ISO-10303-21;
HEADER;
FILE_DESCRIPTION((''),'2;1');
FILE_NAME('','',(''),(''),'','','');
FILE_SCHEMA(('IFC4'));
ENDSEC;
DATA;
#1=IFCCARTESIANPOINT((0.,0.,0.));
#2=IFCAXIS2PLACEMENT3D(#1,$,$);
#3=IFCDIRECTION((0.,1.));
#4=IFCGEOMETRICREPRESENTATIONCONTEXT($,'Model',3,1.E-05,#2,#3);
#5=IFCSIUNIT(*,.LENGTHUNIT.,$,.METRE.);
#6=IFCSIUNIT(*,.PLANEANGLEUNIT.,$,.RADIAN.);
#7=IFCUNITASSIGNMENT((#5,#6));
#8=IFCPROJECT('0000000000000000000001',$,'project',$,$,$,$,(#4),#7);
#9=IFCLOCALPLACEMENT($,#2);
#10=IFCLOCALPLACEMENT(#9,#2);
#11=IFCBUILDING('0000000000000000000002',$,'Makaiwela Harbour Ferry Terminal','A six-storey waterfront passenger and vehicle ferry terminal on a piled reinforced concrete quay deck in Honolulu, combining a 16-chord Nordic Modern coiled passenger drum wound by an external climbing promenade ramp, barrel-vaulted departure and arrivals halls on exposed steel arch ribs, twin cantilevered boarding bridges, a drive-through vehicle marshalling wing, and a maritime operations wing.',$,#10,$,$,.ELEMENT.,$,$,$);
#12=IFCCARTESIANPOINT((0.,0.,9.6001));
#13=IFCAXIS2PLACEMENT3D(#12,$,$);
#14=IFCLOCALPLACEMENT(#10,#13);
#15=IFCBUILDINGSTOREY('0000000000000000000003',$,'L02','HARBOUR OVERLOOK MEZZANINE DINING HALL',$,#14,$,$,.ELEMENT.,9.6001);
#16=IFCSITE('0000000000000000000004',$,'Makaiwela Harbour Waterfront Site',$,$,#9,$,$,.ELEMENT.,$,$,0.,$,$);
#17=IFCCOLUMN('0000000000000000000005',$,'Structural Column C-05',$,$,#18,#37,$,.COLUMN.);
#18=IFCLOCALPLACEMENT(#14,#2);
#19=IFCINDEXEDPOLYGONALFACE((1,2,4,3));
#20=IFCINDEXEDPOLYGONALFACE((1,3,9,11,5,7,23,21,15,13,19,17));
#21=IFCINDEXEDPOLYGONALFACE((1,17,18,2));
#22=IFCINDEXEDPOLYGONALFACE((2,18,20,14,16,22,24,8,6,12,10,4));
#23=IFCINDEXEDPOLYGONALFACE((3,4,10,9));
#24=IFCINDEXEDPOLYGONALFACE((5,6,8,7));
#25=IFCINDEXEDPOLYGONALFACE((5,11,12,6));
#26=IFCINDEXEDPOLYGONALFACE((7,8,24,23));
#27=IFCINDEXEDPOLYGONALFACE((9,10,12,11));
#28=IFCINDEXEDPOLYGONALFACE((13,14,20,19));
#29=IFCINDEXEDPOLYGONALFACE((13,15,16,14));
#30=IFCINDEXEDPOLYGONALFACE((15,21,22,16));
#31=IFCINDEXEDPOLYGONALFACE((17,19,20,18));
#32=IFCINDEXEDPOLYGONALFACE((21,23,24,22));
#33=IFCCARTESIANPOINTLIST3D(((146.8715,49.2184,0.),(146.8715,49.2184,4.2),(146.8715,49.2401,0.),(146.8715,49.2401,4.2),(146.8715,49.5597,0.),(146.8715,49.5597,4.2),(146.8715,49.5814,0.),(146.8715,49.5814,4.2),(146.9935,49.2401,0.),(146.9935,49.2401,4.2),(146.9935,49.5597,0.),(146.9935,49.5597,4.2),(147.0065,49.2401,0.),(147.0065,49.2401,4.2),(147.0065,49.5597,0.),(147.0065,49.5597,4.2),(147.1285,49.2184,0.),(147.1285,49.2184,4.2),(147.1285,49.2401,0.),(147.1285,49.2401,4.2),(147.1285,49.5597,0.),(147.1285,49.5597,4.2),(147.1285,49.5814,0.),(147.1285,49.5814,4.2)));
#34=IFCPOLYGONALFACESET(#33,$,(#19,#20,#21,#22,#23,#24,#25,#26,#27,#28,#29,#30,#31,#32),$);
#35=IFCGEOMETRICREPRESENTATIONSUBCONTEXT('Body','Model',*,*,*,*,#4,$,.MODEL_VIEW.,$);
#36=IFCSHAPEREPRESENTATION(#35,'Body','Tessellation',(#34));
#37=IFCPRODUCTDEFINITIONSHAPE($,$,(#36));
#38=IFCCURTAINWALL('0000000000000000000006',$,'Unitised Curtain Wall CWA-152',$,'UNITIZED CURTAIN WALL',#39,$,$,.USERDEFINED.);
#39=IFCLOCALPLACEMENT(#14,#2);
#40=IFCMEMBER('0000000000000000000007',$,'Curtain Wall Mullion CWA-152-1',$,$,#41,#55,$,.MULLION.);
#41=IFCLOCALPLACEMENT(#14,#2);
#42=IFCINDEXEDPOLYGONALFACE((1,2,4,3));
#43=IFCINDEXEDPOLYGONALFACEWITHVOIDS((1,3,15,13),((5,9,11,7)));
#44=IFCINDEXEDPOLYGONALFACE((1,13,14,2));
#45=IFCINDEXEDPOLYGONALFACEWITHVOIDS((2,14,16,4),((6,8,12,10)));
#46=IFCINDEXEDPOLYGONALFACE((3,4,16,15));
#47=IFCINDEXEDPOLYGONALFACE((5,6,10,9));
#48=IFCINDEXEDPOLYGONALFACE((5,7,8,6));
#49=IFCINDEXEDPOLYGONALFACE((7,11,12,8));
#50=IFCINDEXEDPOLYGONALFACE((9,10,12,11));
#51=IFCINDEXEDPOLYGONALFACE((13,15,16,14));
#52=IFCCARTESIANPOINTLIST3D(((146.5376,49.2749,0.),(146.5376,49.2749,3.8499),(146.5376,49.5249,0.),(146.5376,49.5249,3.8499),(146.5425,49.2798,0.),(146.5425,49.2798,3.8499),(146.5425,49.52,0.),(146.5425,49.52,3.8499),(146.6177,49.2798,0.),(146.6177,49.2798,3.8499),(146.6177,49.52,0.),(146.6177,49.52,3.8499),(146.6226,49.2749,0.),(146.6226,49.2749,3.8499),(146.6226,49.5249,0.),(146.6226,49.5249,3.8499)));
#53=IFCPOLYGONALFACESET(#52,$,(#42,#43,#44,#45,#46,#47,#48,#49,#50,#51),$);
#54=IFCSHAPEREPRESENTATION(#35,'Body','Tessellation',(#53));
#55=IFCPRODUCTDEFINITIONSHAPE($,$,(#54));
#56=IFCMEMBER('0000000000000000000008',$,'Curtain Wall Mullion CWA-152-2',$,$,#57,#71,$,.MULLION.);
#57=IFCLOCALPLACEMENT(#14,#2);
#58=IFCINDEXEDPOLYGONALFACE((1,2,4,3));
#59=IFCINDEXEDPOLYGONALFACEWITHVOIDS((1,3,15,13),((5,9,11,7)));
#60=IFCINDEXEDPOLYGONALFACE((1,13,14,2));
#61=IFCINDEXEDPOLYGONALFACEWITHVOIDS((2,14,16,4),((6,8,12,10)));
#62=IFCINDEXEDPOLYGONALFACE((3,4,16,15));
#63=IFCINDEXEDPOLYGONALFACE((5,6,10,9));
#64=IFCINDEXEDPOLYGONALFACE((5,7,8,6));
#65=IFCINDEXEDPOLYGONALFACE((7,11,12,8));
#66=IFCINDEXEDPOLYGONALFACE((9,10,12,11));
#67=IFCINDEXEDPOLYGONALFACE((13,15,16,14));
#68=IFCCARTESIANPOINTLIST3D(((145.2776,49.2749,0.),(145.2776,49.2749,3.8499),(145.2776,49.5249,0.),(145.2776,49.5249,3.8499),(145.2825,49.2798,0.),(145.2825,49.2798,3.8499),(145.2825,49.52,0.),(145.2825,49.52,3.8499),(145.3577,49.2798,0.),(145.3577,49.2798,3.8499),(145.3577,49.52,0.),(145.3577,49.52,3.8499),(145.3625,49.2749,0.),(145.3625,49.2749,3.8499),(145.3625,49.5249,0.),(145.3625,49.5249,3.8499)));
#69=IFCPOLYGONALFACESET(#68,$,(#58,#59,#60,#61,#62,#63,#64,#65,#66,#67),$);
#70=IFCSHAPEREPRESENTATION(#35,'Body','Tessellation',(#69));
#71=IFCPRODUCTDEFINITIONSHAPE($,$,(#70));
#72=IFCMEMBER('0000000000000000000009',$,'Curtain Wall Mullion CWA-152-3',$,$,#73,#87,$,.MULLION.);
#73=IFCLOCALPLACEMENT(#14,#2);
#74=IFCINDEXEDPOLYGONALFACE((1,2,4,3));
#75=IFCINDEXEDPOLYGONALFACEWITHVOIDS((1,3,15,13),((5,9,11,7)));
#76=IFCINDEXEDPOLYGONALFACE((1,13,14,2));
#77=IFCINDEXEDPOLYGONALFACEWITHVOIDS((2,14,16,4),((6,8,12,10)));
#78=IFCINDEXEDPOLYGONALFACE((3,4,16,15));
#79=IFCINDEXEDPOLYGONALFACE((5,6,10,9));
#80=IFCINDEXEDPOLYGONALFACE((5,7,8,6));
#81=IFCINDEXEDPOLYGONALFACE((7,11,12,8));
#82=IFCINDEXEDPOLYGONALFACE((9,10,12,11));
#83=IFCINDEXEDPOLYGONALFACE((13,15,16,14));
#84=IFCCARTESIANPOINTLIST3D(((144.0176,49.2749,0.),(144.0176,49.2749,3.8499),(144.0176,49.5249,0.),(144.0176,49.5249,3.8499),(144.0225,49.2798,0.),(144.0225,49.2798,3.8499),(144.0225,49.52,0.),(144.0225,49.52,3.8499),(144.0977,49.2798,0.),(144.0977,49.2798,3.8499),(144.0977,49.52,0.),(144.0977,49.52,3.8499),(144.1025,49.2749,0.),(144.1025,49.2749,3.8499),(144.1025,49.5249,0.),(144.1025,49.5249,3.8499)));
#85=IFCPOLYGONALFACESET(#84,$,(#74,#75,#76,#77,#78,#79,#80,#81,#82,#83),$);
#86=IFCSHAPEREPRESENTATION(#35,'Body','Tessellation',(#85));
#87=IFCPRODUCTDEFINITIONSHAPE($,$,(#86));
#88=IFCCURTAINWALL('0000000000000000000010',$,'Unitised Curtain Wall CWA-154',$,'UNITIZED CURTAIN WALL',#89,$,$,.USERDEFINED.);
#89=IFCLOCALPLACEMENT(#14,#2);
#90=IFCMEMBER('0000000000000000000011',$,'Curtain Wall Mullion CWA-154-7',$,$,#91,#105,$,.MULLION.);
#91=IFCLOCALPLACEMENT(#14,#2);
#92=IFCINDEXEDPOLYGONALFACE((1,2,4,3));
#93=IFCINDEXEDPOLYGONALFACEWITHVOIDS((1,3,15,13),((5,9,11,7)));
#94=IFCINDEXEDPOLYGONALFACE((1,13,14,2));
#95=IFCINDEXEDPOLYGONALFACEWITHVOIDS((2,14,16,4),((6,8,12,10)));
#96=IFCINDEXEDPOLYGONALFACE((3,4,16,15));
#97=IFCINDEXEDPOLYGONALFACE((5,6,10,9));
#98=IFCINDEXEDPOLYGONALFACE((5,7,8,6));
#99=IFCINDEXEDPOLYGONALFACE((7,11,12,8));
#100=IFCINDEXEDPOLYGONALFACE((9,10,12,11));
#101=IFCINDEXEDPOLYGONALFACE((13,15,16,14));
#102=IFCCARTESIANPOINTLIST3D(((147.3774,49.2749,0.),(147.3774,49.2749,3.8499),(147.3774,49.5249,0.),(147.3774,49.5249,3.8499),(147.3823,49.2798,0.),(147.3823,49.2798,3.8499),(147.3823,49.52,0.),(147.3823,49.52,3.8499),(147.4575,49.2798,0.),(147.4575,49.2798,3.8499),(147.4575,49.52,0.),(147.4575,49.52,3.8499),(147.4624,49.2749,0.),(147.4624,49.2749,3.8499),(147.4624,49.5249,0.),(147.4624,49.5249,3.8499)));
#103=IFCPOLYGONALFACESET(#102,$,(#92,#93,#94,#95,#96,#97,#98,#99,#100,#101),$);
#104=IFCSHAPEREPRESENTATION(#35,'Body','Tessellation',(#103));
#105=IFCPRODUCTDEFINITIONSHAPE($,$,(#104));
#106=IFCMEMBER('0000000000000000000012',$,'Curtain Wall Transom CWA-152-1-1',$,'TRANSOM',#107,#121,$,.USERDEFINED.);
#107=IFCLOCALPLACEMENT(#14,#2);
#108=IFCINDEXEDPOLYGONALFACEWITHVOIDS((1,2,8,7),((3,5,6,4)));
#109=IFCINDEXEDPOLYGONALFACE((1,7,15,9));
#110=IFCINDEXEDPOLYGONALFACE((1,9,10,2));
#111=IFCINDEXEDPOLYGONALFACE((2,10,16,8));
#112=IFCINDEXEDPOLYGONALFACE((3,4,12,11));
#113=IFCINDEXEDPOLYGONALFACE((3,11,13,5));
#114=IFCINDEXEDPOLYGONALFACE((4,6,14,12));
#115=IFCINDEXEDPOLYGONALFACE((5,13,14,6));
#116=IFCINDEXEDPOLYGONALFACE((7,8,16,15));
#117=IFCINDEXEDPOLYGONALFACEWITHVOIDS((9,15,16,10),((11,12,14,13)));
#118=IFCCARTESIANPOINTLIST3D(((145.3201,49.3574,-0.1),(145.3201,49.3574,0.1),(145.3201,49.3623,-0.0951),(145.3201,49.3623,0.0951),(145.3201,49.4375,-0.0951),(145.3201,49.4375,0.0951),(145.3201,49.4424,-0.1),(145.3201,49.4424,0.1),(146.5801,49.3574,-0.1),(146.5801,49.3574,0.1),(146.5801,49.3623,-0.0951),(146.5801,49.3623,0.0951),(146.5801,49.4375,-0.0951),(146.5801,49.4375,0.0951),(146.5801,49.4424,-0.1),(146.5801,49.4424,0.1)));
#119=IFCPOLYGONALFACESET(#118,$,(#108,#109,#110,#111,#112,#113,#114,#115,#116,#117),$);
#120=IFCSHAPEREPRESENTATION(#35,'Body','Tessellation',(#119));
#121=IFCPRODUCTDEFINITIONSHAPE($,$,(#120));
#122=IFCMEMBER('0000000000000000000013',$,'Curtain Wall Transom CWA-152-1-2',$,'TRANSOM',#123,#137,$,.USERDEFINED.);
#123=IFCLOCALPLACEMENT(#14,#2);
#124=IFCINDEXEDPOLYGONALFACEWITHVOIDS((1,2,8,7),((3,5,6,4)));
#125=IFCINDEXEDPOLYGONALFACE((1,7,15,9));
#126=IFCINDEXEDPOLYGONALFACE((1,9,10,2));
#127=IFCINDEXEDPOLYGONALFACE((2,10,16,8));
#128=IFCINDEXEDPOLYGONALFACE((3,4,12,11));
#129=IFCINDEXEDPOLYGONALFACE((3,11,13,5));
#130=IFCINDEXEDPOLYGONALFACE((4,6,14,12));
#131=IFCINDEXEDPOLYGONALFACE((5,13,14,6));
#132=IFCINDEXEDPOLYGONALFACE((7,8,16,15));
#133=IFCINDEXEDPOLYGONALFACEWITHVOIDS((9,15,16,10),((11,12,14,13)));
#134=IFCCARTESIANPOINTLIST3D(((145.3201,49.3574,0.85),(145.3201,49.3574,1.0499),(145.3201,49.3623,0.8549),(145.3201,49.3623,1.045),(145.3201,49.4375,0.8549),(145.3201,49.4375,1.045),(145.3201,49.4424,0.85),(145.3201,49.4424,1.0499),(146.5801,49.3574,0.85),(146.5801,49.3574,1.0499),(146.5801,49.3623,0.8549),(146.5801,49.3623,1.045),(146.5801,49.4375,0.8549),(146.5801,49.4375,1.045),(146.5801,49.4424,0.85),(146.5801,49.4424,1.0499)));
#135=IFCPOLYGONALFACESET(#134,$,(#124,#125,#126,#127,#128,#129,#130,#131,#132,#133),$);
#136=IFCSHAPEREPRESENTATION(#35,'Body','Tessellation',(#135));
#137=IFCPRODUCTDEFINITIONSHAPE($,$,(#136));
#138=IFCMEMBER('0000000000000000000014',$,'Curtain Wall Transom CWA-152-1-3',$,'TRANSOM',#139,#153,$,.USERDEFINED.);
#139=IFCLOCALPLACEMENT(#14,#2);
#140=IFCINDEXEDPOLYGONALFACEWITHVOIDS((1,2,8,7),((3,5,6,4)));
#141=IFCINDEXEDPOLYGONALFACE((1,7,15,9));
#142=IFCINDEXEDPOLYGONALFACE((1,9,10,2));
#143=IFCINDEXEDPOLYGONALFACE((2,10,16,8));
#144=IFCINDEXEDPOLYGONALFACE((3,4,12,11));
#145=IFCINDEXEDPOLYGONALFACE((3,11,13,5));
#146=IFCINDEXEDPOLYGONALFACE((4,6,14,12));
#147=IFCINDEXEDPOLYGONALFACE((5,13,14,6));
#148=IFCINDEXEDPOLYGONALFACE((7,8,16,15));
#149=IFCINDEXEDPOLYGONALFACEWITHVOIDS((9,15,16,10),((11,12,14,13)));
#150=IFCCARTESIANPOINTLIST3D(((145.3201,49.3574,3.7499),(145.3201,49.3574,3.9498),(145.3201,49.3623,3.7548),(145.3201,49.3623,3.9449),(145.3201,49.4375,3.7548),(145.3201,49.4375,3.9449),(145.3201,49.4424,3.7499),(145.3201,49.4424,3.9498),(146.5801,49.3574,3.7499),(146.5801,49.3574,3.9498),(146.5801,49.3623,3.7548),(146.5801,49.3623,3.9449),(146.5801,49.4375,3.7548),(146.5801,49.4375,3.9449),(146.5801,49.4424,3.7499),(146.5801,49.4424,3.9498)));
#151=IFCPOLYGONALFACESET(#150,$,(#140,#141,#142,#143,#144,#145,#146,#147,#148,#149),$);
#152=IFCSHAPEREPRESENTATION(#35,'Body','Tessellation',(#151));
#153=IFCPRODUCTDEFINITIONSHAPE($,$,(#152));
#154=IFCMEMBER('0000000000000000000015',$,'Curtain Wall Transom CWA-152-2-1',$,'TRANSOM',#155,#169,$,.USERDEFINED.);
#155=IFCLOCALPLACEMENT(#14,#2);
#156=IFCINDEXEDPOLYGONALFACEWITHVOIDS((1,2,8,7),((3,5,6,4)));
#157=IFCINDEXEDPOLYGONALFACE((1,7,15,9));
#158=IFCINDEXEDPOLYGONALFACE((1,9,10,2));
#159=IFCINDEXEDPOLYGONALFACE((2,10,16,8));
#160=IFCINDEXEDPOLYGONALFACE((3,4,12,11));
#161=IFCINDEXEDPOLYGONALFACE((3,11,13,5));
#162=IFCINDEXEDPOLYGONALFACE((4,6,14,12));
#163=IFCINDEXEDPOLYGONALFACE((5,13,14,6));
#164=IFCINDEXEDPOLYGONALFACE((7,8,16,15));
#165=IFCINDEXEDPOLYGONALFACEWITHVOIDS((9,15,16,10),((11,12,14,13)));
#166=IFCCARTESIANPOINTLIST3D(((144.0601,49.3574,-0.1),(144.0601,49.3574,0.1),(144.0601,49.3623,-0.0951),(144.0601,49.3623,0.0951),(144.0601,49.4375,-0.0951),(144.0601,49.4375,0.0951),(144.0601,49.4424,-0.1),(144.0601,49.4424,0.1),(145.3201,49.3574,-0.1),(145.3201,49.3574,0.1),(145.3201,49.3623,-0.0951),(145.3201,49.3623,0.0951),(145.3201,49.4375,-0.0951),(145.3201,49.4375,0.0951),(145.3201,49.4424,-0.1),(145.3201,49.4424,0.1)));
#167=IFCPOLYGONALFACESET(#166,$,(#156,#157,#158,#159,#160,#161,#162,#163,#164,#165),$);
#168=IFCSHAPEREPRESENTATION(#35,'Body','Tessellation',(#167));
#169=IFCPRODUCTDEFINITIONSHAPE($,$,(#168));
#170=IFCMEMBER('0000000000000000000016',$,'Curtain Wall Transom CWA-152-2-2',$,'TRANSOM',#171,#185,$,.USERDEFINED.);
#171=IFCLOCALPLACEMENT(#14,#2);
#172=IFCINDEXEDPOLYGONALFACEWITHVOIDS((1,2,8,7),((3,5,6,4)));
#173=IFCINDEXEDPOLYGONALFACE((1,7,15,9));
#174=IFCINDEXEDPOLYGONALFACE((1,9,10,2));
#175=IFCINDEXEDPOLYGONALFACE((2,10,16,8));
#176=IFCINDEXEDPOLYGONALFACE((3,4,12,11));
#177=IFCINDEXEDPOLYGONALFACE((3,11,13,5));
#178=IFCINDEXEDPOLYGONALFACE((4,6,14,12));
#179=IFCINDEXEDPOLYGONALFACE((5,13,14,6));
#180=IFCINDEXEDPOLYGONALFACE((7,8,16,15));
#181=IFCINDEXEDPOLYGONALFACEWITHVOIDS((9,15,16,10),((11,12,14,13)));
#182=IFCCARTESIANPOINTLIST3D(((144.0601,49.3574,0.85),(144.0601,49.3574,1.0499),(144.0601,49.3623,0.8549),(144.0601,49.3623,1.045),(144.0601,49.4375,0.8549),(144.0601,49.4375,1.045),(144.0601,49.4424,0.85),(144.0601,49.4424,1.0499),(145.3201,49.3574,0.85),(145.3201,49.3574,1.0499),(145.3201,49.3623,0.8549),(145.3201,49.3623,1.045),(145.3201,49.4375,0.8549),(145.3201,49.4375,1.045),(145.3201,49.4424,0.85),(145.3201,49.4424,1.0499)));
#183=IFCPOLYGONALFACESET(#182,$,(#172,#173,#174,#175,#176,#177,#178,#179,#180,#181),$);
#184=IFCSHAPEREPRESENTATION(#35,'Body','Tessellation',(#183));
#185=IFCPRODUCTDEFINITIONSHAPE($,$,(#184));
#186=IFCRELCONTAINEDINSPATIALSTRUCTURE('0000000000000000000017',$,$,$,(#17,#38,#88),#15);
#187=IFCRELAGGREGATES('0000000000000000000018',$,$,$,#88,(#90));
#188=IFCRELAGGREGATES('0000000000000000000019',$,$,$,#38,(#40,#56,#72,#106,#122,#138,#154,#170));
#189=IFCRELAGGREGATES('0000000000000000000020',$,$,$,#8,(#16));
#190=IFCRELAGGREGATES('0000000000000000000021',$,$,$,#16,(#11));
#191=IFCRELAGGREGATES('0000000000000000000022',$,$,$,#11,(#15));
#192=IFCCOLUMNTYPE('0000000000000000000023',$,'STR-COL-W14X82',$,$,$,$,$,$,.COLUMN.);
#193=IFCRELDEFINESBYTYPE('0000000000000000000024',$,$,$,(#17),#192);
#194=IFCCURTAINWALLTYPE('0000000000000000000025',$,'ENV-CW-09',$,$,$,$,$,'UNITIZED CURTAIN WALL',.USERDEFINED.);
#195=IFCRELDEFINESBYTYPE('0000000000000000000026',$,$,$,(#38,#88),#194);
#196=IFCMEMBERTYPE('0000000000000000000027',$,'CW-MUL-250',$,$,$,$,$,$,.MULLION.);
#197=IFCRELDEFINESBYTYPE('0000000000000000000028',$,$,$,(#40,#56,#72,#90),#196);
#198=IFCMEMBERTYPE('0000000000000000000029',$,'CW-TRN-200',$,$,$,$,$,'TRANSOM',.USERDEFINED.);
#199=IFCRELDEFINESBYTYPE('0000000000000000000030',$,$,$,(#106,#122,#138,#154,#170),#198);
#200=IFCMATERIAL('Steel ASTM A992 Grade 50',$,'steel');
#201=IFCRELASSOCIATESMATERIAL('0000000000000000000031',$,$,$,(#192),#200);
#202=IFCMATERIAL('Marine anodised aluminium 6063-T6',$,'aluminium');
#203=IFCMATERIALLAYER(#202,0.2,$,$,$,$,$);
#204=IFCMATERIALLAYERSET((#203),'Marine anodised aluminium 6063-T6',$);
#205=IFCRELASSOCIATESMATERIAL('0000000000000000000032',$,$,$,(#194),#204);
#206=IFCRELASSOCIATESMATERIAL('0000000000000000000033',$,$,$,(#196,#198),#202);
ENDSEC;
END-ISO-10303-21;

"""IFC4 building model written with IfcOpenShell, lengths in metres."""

from ifc_helpers import new_model, si_unit, direction, frame, origin, origin_2d, place, context, subcontext, project, spatial, hollow_rectangle, i_section, extrude, material, layer, layer_set, material_profile, profile_set, type_object, element, aggregate, save


model = new_model("IFC4")

# Units and contexts
model_context = context("Model", 3, precision=1e-05, world=origin(), true_north=direction((0.0, 1.0)))
body_context = subcontext(model_context, "Body", "Model", "MODEL_VIEW")
ifc_project = project(units=[si_unit("LENGTHUNIT", "METRE"), si_unit("PLANEANGLEUNIT", "RADIAN")], contexts=[model_context])

# Site, building, storey
site_placement = place(None, origin())
site = spatial("IfcSite", under=ifc_project, at=site_placement, Name="Makaiwela Harbour Waterfront Site", CompositionType="ELEMENT", RefElevation=0.0)
building_placement = place(site_placement, origin())
building = spatial("IfcBuilding", under=site, at=building_placement, Name="Makaiwela Harbour Ferry Terminal", Description="A six-storey waterfront passenger and vehicle ferry terminal on a piled reinforced concrete quay deck in Honolulu, combining a 16-chord Nordic Modern coiled passenger drum wound by an external climbing promenade ramp, barrel-vaulted departure and arrivals halls on exposed steel arch ribs, twin cantilevered boarding bridges, a drive-through vehicle marshalling wing, and a maritime operations wing.", CompositionType="ELEMENT")
storey_placement = place(building_placement, frame((0.0, 0.0, 9.6001)))
storey = spatial("IfcBuildingStorey", under=building, at=storey_placement, Name="L02", Description="HARBOUR OVERLOOK MEZZANINE DINING HALL", CompositionType="ELEMENT", Elevation=9.6001)

# Column
ifc_material_1 = material(Name="Steel ASTM A992 Grade 50", Category="steel")
ifc_material_profile_1 = material_profile(ifc_material_1, i_section(OverallWidth=0.2571, OverallDepth=0.363, WebThickness=0.0129, FlangeThickness=0.0217, at=origin_2d()), Name="W14X82")
ifc_profile_set_1 = profile_set([ifc_material_profile_1], Name="Steel ASTM A992 Grade 50")
column_type = type_object("IfcColumnType", Name="STR-COL-W14X82", PredefinedType="COLUMN", material=ifc_profile_set_1)
column_placement = place(storey_placement, frame((147.0, 49.3999, 0.0), z_axis=(0.0, 0.0, 1.0), x_axis=(1.0, 0.0, 0.0)))
element("IfcColumn", 1, at=column_placement, inside=storey, type_object=column_type, Name="Structural Column C-05", PredefinedType="COLUMN", context=body_context, shape_type="SweptSolid", body=[
    extrude(i_section(OverallWidth=0.2571, OverallDepth=0.363, WebThickness=0.0129, FlangeThickness=0.0217, at=origin_2d()), origin(), (0.0, 0.0, 1.0), 4.2),
])

# Curtain wall, members
ifc_material_2 = material(Name="Marine anodised aluminium 6063-T6", Category="aluminium")
ifc_layer_1 = layer(ifc_material_2, 0.2)
ifc_layer_set_1 = layer_set([ifc_layer_1], Name="Marine anodised aluminium 6063-T6")
curtain_wall_type = type_object("IfcCurtainWallType", Name="ENV-CW-09", ElementType="UNITIZED CURTAIN WALL", PredefinedType="USERDEFINED", material=ifc_layer_set_1)
curtain_wall_1_placement = place(storey_placement, origin())
curtain_wall_1 = element("IfcCurtainWall", 2, at=curtain_wall_1_placement, inside=storey, type_object=curtain_wall_type, Name="Unitised Curtain Wall CWA-152", ObjectType="UNITIZED CURTAIN WALL", PredefinedType="USERDEFINED")
ifc_material_profile_2 = material_profile(ifc_material_2, hollow_rectangle(XDim=0.085, YDim=0.25, WallThickness=0.0049, at=origin_2d()), Name="CWM-250X85")
ifc_profile_set_2 = profile_set([ifc_material_profile_2], Name="Marine anodised aluminium 6063-T6")
member_type_1 = type_object("IfcMemberType", Name="CW-MUL-250", PredefinedType="MULLION", material=ifc_profile_set_2)
member_1_placement = place(storey_placement, frame((146.5801, 49.3999, 0.0), z_axis=(0.0, 0.0, 1.0), x_axis=(1.0, 0.0, 0.0)))
member_1 = element("IfcMember", 3, at=member_1_placement, type_object=member_type_1, Name="Curtain Wall Mullion CWA-152-1", PredefinedType="MULLION", context=body_context, shape_type="SweptSolid", body=[
    extrude(hollow_rectangle(XDim=0.085, YDim=0.25, WallThickness=0.0049, at=origin_2d()), origin(), (0.0, 0.0, 1.0), 3.8499),
])
member_2_placement = place(storey_placement, frame((145.3201, 49.3999, 0.0), z_axis=(0.0, 0.0, 1.0), x_axis=(1.0, 0.0, 0.0)))
member_2 = element("IfcMember", 4, at=member_2_placement, type_object=member_type_1, Name="Curtain Wall Mullion CWA-152-2", PredefinedType="MULLION", context=body_context, shape_type="SweptSolid", body=[
    extrude(hollow_rectangle(XDim=0.085, YDim=0.25, WallThickness=0.0049, at=origin_2d()), origin(), (0.0, 0.0, 1.0), 3.8499),
])
member_3_placement = place(storey_placement, frame((144.0601, 49.3999, 0.0), z_axis=(0.0, 0.0, 1.0), x_axis=(1.0, 0.0, 0.0)))
member_3 = element("IfcMember", 5, at=member_3_placement, type_object=member_type_1, Name="Curtain Wall Mullion CWA-152-3", PredefinedType="MULLION", context=body_context, shape_type="SweptSolid", body=[
    extrude(hollow_rectangle(XDim=0.085, YDim=0.25, WallThickness=0.0049, at=origin_2d()), origin(), (0.0, 0.0, 1.0), 3.8499),
])

# Curtain wall, member
curtain_wall_2_placement = place(storey_placement, origin())
curtain_wall_2 = element("IfcCurtainWall", 6, at=curtain_wall_2_placement, inside=storey, type_object=curtain_wall_type, Name="Unitised Curtain Wall CWA-154", ObjectType="UNITIZED CURTAIN WALL", PredefinedType="USERDEFINED")
member_4_placement = place(storey_placement, frame((147.4199, 49.3999, 0.0), z_axis=(0.0, 0.0, 1.0), x_axis=(1.0, 0.0, 0.0)))
member_4 = element("IfcMember", 7, at=member_4_placement, type_object=member_type_1, Name="Curtain Wall Mullion CWA-154-7", PredefinedType="MULLION", context=body_context, shape_type="SweptSolid", body=[
    extrude(hollow_rectangle(XDim=0.085, YDim=0.25, WallThickness=0.0049, at=origin_2d()), origin(), (0.0, 0.0, 1.0), 3.8499),
])
aggregate(curtain_wall_2, [member_4])

# Members
ifc_material_profile_3 = material_profile(ifc_material_2, hollow_rectangle(XDim=0.085, YDim=0.2, WallThickness=0.0049, at=origin_2d()), Name="CWT-200X85")
ifc_profile_set_3 = profile_set([ifc_material_profile_3], Name="Marine anodised aluminium 6063-T6")
member_type_2 = type_object("IfcMemberType", Name="CW-TRN-200", ElementType="TRANSOM", PredefinedType="USERDEFINED", material=ifc_profile_set_3)
member_5_placement = place(storey_placement, frame((146.5801, 49.3999, 0.0), z_axis=(-1.0, 0.0, 0.0), x_axis=(0.0, -1.0, 0.0)))
member_5 = element("IfcMember", 8, at=member_5_placement, type_object=member_type_2, Name="Curtain Wall Transom CWA-152-1-1", ObjectType="TRANSOM", PredefinedType="USERDEFINED", context=body_context, shape_type="SweptSolid", body=[
    extrude(hollow_rectangle(XDim=0.085, YDim=0.2, WallThickness=0.0049, at=origin_2d()), origin(), (0.0, 0.0, 1.0), 1.26),
])
member_6_placement = place(storey_placement, frame((146.5801, 49.3999, 0.95), z_axis=(-1.0, 0.0, 0.0), x_axis=(0.0, -1.0, 0.0)))
member_6 = element("IfcMember", 9, at=member_6_placement, type_object=member_type_2, Name="Curtain Wall Transom CWA-152-1-2", ObjectType="TRANSOM", PredefinedType="USERDEFINED", context=body_context, shape_type="SweptSolid", body=[
    extrude(hollow_rectangle(XDim=0.085, YDim=0.2, WallThickness=0.0049, at=origin_2d()), origin(), (0.0, 0.0, 1.0), 1.26),
])
member_7_placement = place(storey_placement, frame((146.5801, 49.3999, 3.8499), z_axis=(-1.0, 0.0, 0.0), x_axis=(0.0, -1.0, 0.0)))
member_7 = element("IfcMember", 10, at=member_7_placement, type_object=member_type_2, Name="Curtain Wall Transom CWA-152-1-3", ObjectType="TRANSOM", PredefinedType="USERDEFINED", context=body_context, shape_type="SweptSolid", body=[
    extrude(hollow_rectangle(XDim=0.085, YDim=0.2, WallThickness=0.0049, at=origin_2d()), origin(), (0.0, 0.0, 1.0), 1.26),
])
member_8_placement = place(storey_placement, frame((145.3201, 49.3999, 0.0), z_axis=(-1.0, 0.0, 0.0), x_axis=(0.0, -1.0, 0.0)))
member_8 = element("IfcMember", 11, at=member_8_placement, type_object=member_type_2, Name="Curtain Wall Transom CWA-152-2-1", ObjectType="TRANSOM", PredefinedType="USERDEFINED", context=body_context, shape_type="SweptSolid", body=[
    extrude(hollow_rectangle(XDim=0.085, YDim=0.2, WallThickness=0.0049, at=origin_2d()), origin(), (0.0, 0.0, 1.0), 1.26),
])
member_9_placement = place(storey_placement, frame((145.3201, 49.3999, 0.95), z_axis=(-1.0, 0.0, 0.0), x_axis=(0.0, -1.0, 0.0)))
member_9 = element("IfcMember", 12, at=member_9_placement, type_object=member_type_2, Name="Curtain Wall Transom CWA-152-2-2", ObjectType="TRANSOM", PredefinedType="USERDEFINED", context=body_context, shape_type="SweptSolid", body=[
    extrude(hollow_rectangle(XDim=0.085, YDim=0.2, WallThickness=0.0049, at=origin_2d()), origin(), (0.0, 0.0, 1.0), 1.26),
])

aggregate(curtain_wall_1, [member_1, member_2, member_3, member_5, member_6, member_7, member_8, member_9])

save(model, "model.ifc")
